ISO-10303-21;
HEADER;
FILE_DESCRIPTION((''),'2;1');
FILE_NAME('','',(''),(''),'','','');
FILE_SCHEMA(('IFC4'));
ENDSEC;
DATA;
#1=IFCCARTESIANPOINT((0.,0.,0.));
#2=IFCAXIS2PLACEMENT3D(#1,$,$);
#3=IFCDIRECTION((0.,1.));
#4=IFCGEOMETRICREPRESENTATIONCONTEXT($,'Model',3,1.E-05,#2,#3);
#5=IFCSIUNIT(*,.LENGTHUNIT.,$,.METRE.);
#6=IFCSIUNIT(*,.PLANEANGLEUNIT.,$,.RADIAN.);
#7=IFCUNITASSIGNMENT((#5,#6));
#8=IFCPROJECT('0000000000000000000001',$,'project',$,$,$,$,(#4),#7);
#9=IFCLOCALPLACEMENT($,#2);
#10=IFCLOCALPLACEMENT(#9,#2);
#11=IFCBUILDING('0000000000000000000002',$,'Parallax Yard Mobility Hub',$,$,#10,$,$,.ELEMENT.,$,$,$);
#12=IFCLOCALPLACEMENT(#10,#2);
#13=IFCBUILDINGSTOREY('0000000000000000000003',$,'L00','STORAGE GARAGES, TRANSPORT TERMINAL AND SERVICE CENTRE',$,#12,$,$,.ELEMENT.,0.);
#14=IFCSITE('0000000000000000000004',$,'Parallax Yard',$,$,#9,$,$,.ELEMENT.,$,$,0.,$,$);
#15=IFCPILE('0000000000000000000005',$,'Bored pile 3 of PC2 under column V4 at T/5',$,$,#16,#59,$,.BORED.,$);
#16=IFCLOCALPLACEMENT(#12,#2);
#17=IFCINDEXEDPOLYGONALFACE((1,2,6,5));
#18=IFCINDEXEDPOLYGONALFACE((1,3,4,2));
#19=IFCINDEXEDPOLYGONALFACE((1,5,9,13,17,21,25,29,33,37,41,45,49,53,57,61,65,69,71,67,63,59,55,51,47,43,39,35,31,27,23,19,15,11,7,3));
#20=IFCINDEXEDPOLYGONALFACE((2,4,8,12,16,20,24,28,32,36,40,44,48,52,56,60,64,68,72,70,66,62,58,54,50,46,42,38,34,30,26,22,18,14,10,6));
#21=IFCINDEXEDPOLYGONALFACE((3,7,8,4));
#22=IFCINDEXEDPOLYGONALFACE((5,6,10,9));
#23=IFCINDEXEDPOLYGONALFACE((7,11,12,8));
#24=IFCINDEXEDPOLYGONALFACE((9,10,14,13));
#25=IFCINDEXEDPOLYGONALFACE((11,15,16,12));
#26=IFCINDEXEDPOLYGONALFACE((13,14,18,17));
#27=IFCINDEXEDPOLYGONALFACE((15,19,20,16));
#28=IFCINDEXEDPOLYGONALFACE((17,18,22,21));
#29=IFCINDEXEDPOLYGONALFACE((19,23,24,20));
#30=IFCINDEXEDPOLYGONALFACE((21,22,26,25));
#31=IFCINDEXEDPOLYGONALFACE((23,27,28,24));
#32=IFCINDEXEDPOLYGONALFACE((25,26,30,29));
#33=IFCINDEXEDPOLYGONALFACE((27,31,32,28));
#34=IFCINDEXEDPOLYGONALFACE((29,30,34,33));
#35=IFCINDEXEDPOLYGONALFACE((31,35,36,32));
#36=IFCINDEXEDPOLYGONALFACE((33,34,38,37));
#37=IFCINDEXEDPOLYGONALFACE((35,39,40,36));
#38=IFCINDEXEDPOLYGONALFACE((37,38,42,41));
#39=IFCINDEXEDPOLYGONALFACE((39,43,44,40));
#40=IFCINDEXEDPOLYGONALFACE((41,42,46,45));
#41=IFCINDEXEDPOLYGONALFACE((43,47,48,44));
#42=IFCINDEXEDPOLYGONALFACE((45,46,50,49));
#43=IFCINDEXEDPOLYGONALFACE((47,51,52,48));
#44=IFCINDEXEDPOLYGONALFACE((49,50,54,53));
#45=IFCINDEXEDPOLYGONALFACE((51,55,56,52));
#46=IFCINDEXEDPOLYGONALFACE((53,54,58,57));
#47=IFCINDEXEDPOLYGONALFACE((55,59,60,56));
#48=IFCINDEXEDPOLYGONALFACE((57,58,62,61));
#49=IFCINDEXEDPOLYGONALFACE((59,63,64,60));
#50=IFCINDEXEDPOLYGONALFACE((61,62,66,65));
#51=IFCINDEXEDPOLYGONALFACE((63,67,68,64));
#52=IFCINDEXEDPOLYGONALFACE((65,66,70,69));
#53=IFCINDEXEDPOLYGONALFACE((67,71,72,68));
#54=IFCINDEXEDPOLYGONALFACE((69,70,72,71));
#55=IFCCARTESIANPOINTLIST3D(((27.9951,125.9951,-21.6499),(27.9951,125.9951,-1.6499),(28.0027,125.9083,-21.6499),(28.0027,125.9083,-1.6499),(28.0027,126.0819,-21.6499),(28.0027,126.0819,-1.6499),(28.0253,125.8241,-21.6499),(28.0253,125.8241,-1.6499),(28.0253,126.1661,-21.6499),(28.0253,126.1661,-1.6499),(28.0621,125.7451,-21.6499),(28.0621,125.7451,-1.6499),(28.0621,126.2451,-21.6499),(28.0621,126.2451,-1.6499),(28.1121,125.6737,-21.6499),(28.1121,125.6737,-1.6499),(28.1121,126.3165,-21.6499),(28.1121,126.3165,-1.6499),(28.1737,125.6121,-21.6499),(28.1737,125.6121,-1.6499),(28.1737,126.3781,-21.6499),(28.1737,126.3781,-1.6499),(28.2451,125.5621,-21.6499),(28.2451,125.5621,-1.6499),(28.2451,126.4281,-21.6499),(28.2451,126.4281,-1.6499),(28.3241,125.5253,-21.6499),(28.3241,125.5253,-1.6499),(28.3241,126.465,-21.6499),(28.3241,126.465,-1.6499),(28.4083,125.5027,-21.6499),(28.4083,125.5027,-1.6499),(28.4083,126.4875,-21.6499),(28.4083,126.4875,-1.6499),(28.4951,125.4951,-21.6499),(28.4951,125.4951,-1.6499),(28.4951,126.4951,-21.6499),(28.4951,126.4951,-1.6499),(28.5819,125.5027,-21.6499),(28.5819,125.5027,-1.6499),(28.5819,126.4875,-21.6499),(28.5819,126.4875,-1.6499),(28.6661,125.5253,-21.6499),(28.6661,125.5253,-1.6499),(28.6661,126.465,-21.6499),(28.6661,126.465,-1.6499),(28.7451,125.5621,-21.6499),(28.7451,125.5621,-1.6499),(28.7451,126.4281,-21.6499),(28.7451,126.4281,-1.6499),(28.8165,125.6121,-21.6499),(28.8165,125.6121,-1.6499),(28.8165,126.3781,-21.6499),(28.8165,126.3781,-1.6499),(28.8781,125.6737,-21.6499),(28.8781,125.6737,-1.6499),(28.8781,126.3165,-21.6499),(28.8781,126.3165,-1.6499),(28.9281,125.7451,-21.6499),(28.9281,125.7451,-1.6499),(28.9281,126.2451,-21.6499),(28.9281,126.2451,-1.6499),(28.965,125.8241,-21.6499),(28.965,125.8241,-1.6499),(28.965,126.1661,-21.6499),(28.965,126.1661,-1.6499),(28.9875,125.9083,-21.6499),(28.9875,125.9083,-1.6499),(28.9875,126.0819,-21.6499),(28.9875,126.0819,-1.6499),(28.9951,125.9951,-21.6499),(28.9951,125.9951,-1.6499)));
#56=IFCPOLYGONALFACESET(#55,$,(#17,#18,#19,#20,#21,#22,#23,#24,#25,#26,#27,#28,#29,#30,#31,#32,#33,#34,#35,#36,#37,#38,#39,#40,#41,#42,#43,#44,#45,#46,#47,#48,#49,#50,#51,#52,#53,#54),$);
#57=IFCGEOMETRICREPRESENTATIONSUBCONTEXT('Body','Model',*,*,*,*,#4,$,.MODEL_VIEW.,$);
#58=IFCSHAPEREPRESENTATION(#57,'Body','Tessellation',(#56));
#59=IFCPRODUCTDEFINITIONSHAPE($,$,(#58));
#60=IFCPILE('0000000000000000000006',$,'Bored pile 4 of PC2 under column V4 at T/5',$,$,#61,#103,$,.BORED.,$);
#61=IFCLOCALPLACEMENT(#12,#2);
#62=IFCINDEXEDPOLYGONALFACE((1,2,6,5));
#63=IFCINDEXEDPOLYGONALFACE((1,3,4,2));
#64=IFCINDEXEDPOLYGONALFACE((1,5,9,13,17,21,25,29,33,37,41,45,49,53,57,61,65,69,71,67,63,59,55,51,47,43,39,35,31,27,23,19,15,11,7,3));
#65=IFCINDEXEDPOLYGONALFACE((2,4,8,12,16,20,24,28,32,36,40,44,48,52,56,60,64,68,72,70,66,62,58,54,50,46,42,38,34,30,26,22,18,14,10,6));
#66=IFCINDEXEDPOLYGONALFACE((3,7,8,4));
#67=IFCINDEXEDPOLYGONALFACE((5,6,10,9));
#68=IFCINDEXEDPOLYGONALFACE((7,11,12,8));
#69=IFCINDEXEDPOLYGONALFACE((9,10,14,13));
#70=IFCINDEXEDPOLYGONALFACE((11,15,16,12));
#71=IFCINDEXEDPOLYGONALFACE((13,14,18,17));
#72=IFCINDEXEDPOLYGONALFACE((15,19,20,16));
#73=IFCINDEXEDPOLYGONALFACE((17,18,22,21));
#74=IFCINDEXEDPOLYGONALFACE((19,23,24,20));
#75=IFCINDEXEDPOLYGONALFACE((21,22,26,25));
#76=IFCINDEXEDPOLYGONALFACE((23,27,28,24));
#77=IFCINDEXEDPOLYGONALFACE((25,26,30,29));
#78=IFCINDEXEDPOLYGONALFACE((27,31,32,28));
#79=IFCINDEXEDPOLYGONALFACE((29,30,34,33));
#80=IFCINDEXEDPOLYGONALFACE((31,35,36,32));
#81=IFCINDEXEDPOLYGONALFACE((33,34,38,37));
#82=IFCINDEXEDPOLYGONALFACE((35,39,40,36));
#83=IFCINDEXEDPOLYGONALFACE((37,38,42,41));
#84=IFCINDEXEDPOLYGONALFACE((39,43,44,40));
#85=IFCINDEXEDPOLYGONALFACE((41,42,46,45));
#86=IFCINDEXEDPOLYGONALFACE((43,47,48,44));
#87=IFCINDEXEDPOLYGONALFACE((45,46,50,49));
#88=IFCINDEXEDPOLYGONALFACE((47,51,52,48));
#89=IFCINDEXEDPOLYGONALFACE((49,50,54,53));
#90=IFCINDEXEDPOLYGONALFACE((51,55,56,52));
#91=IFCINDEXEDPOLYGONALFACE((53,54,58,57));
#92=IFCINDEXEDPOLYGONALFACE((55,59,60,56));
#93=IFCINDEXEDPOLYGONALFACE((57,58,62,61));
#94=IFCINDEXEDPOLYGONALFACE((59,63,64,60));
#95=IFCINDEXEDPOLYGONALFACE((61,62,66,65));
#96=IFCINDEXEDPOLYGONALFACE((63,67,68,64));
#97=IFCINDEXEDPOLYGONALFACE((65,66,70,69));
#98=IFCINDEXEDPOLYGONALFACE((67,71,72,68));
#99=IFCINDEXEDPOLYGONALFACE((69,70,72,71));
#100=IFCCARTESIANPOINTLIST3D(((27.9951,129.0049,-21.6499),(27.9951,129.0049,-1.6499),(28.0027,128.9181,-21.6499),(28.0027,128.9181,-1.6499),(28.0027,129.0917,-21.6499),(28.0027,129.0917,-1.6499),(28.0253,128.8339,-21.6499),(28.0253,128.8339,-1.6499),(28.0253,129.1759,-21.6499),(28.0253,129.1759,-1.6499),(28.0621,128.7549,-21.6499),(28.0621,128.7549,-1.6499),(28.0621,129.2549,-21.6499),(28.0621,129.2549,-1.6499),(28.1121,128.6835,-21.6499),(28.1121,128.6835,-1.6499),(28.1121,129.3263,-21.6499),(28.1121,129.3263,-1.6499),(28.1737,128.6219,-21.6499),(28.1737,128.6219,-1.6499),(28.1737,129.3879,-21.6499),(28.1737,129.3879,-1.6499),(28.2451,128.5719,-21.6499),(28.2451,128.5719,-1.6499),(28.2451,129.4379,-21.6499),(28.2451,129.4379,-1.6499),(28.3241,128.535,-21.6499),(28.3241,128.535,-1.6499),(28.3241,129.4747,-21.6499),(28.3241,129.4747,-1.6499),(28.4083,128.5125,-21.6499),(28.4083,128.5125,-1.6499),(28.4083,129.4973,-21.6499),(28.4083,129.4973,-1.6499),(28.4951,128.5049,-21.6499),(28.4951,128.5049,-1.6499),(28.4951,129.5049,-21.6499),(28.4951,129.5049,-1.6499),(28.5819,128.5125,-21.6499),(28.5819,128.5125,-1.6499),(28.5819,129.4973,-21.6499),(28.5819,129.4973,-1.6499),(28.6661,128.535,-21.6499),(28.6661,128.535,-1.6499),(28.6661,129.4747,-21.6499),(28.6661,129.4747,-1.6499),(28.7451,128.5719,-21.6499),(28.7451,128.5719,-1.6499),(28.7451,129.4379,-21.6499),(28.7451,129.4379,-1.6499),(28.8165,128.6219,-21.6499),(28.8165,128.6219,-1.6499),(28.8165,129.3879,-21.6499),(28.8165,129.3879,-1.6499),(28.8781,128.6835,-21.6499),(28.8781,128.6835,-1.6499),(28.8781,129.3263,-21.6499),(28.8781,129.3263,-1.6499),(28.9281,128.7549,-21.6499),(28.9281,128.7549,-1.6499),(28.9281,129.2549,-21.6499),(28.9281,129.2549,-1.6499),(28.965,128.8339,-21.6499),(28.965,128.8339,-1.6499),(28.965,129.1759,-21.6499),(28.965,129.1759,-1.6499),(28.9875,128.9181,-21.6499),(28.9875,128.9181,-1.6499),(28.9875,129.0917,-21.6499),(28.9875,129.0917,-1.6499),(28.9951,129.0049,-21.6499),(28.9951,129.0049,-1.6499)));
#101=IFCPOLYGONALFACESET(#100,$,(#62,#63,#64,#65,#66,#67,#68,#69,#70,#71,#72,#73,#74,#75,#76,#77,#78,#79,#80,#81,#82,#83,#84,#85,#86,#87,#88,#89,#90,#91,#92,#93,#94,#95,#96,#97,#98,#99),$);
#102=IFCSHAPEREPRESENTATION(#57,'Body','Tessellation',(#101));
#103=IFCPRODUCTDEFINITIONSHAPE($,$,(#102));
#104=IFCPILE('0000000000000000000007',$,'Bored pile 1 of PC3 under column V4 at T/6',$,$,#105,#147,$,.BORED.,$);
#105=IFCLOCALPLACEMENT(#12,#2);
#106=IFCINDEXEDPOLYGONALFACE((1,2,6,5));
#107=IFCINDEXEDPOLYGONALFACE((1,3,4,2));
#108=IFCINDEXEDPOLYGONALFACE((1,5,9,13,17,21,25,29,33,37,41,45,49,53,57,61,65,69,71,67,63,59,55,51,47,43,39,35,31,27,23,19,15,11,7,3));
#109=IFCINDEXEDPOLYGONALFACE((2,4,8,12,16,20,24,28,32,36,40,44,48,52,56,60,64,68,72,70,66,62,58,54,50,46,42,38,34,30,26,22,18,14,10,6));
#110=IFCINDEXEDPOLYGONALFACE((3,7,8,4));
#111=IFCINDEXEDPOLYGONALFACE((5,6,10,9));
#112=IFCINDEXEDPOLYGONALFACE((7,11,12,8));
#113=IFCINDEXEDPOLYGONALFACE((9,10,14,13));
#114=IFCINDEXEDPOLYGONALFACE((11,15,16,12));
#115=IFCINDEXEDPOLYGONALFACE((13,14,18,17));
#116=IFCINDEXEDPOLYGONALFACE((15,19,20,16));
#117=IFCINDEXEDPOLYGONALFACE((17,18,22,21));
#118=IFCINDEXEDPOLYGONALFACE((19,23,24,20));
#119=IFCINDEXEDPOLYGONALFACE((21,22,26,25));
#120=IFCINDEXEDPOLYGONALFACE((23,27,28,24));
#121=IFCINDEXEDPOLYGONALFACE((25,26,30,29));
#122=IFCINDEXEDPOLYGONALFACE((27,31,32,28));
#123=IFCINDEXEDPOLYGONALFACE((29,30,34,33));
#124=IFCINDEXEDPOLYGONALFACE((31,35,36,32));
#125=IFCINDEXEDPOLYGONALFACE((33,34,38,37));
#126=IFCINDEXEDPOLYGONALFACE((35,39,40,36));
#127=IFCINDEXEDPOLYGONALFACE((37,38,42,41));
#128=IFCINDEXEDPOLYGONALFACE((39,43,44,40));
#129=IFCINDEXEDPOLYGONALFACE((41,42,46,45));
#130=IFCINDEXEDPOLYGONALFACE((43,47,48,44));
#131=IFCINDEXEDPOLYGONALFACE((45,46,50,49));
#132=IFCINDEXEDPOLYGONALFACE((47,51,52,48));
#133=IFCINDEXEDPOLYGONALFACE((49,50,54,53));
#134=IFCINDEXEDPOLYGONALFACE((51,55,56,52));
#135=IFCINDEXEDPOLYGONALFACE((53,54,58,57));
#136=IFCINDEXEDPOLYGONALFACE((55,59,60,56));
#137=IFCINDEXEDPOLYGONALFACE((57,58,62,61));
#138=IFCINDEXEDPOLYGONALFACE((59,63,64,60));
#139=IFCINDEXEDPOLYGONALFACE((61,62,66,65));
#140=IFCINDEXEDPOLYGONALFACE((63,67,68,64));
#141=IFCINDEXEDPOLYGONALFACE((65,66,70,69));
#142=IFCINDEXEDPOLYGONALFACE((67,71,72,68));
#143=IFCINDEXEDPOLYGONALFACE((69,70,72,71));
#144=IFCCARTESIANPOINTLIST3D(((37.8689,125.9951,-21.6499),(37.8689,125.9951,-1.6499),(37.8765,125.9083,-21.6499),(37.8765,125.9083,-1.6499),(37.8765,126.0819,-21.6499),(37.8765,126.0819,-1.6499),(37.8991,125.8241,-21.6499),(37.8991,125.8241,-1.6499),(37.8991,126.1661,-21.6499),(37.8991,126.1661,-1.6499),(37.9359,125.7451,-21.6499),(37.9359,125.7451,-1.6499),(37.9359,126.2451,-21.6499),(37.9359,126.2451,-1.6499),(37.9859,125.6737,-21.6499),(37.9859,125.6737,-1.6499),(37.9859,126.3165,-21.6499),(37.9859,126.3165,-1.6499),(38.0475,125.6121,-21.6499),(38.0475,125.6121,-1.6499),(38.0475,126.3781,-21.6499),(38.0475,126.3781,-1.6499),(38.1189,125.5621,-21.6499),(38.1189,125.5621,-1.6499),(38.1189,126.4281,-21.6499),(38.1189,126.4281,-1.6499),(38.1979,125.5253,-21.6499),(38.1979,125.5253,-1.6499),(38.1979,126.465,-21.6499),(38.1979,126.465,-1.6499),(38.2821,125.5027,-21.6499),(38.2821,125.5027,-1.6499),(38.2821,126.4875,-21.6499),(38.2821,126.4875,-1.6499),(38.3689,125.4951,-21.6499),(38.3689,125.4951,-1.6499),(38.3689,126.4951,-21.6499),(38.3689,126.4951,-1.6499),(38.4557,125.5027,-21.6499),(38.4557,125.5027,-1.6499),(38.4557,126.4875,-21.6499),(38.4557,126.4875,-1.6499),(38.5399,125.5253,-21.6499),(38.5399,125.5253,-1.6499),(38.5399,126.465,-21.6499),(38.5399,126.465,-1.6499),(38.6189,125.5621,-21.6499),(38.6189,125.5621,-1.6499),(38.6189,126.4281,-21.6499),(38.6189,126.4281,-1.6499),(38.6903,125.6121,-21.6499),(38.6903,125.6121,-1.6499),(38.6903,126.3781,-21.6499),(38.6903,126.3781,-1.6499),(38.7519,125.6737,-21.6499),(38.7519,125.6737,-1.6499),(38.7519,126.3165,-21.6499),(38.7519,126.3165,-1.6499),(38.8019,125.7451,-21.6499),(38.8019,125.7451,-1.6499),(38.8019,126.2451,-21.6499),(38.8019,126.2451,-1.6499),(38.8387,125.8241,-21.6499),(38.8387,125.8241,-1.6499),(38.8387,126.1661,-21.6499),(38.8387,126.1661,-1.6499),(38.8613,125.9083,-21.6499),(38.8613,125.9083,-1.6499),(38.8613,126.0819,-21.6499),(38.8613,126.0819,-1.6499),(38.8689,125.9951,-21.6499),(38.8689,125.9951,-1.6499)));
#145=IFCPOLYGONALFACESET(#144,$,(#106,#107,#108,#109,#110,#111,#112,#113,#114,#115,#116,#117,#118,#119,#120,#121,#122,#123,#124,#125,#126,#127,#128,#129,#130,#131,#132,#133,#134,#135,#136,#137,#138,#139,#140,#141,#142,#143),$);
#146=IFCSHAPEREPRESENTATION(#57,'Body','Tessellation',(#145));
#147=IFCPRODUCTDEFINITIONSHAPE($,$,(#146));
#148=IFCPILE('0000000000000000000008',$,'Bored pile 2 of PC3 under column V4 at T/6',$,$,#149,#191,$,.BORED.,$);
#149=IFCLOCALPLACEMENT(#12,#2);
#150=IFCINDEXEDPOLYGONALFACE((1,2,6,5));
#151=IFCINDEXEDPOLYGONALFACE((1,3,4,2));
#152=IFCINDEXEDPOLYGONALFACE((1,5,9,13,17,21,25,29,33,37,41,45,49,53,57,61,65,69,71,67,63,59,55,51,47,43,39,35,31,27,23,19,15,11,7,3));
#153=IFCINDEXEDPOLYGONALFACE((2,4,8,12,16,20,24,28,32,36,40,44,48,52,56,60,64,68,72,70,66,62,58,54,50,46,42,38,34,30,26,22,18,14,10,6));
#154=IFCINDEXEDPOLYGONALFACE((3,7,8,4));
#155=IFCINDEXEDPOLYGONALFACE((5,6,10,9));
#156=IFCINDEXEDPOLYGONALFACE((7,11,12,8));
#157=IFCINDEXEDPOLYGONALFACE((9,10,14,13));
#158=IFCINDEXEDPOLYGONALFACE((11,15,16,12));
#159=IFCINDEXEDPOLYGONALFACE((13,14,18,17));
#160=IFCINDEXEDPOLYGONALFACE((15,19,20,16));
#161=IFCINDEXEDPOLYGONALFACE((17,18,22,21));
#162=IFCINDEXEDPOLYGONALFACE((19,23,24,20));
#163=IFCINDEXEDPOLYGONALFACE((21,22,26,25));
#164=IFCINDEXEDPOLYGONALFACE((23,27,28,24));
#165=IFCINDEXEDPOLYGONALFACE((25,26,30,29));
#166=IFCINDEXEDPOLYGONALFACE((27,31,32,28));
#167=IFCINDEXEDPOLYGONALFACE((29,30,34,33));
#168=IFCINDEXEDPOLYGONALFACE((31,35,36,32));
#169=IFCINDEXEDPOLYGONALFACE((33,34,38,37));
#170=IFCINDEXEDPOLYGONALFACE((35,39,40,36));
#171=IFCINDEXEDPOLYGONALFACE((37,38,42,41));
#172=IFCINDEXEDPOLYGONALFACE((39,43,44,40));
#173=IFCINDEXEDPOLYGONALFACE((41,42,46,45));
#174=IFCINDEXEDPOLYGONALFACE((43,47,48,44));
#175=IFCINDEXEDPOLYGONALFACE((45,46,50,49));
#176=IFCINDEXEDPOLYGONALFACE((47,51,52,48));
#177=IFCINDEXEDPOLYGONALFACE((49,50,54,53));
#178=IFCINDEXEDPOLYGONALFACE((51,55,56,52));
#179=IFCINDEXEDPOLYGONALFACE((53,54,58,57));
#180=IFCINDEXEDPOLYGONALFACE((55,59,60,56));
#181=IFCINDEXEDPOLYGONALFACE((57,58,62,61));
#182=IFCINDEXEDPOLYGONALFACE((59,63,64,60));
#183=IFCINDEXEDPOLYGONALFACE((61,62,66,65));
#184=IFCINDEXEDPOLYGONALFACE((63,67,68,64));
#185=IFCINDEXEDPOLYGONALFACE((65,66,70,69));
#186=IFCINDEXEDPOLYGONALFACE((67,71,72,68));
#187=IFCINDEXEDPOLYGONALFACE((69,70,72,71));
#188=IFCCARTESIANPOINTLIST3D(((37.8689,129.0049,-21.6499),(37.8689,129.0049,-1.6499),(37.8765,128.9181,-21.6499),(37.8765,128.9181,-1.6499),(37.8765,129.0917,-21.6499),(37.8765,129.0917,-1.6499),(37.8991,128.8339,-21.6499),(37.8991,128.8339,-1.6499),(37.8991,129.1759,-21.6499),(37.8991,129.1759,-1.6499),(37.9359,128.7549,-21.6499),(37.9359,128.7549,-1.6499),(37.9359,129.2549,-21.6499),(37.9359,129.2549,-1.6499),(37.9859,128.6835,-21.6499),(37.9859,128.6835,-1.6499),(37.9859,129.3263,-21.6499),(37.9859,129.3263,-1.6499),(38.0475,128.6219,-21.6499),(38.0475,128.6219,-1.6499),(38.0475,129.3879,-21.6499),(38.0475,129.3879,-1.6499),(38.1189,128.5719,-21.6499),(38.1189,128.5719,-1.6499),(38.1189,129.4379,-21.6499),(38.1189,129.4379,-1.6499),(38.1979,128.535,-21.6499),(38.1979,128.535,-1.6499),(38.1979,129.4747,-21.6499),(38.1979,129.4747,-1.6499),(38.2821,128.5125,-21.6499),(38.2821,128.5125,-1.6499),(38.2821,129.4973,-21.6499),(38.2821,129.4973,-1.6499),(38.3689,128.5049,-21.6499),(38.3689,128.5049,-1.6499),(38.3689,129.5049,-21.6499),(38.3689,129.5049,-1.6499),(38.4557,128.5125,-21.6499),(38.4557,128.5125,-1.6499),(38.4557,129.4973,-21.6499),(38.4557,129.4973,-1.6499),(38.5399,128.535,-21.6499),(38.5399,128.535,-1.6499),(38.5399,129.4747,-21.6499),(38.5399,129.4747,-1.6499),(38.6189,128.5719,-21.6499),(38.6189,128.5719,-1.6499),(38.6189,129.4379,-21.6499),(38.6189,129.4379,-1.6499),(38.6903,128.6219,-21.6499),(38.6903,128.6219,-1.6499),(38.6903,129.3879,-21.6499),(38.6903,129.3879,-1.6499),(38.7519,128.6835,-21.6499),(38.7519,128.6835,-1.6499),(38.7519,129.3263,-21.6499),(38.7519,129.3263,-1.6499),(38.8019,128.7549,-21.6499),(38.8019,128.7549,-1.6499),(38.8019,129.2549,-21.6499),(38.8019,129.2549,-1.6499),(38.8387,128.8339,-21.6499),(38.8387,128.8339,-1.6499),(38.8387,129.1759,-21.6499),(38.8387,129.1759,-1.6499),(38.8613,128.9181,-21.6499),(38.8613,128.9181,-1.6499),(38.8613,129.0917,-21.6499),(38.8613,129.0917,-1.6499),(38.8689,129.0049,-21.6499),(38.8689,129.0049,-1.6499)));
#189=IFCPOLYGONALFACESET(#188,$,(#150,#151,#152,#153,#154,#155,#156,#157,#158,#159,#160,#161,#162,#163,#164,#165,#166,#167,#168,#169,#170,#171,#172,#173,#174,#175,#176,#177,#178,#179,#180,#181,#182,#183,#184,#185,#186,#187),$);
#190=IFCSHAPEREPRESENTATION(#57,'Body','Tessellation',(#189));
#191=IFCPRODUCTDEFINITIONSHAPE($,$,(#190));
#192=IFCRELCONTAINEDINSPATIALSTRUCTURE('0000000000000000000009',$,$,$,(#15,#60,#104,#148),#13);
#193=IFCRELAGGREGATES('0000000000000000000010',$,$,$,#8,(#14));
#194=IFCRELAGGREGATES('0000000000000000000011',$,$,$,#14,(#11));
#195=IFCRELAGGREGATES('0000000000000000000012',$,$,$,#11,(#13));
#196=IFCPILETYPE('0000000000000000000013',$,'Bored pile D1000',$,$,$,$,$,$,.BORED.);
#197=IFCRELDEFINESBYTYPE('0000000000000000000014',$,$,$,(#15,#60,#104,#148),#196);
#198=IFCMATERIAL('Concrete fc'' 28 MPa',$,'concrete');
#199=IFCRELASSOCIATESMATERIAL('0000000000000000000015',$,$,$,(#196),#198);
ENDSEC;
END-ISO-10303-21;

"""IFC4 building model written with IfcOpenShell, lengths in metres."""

from ifc_helpers import new_model, si_unit, direction, frame, origin, origin_2d, place, context, subcontext, project, spatial, circle, extrude, material, material_profile, profile_set, type_object, element, save


model = new_model("IFC4")

# Units and contexts
model_context = context("Model", 3, precision=1e-05, world=origin(), true_north=direction((0.0, 1.0)))
body_context = subcontext(model_context, "Body", "Model", "MODEL_VIEW")
ifc_project = project(units=[si_unit("LENGTHUNIT", "METRE"), si_unit("PLANEANGLEUNIT", "RADIAN")], contexts=[model_context])

# Site, building, storey
site_placement = place(None, origin())
site = spatial("IfcSite", under=ifc_project, at=site_placement, Name="Parallax Yard", CompositionType="ELEMENT", RefElevation=0.0)
building_placement = place(site_placement, origin())
building = spatial("IfcBuilding", under=site, at=building_placement, Name="Parallax Yard Mobility Hub", CompositionType="ELEMENT")
storey_placement = place(building_placement, origin())
storey = spatial("IfcBuildingStorey", under=building, at=storey_placement, Name="L00", Description="STORAGE GARAGES, TRANSPORT TERMINAL AND SERVICE CENTRE", CompositionType="ELEMENT", Elevation=0.0)

# Piles
ifc_material_1 = material(Name="Concrete fc' 28 MPa", Category="concrete")
ifc_material_profile_1 = material_profile(ifc_material_1, circle(Radius=0.5, at=origin_2d()), Name="Bored pile D1000")
ifc_profile_set_1 = profile_set([ifc_material_profile_1], Name="Concrete fc' 28 MPa")
pile_type = type_object("IfcPileType", Name="Bored pile D1000", PredefinedType="BORED", material=ifc_profile_set_1)
for number, where, z_axis, x_axis, name in (
    (1, (28.4951, 125.9951, -1.6499), (0.0, 0.0, -1.0), (1.0, 0.0, 0.0), "Bored pile 3 of PC2 under column V4 at T/5"),
    (2, (28.4951, 129.0049, -1.6499), (0.0, 0.0, -1.0), (1.0, 0.0, 0.0), "Bored pile 4 of PC2 under column V4 at T/5"),
    (3, (38.3689, 125.9951, -1.6499), (0.0, 0.0, -1.0), (1.0, 0.0, 0.0), "Bored pile 1 of PC3 under column V4 at T/6"),
    (4, (38.3689, 129.0049, -1.6499), (0.0, 0.0, -1.0), (1.0, 0.0, 0.0), "Bored pile 2 of PC3 under column V4 at T/6"),
):
    element("IfcPile", number, at=place(storey_placement, frame(where, z_axis=z_axis, x_axis=x_axis)), inside=storey, type_object=pile_type, Name=name, PredefinedType="BORED", context=body_context, shape_type="SweptSolid", body=[
        extrude(circle(Radius=0.5, at=origin_2d()), origin(), (0.0, 0.0, 1.0), 20.0),
    ])

save(model, "model.ifc")
